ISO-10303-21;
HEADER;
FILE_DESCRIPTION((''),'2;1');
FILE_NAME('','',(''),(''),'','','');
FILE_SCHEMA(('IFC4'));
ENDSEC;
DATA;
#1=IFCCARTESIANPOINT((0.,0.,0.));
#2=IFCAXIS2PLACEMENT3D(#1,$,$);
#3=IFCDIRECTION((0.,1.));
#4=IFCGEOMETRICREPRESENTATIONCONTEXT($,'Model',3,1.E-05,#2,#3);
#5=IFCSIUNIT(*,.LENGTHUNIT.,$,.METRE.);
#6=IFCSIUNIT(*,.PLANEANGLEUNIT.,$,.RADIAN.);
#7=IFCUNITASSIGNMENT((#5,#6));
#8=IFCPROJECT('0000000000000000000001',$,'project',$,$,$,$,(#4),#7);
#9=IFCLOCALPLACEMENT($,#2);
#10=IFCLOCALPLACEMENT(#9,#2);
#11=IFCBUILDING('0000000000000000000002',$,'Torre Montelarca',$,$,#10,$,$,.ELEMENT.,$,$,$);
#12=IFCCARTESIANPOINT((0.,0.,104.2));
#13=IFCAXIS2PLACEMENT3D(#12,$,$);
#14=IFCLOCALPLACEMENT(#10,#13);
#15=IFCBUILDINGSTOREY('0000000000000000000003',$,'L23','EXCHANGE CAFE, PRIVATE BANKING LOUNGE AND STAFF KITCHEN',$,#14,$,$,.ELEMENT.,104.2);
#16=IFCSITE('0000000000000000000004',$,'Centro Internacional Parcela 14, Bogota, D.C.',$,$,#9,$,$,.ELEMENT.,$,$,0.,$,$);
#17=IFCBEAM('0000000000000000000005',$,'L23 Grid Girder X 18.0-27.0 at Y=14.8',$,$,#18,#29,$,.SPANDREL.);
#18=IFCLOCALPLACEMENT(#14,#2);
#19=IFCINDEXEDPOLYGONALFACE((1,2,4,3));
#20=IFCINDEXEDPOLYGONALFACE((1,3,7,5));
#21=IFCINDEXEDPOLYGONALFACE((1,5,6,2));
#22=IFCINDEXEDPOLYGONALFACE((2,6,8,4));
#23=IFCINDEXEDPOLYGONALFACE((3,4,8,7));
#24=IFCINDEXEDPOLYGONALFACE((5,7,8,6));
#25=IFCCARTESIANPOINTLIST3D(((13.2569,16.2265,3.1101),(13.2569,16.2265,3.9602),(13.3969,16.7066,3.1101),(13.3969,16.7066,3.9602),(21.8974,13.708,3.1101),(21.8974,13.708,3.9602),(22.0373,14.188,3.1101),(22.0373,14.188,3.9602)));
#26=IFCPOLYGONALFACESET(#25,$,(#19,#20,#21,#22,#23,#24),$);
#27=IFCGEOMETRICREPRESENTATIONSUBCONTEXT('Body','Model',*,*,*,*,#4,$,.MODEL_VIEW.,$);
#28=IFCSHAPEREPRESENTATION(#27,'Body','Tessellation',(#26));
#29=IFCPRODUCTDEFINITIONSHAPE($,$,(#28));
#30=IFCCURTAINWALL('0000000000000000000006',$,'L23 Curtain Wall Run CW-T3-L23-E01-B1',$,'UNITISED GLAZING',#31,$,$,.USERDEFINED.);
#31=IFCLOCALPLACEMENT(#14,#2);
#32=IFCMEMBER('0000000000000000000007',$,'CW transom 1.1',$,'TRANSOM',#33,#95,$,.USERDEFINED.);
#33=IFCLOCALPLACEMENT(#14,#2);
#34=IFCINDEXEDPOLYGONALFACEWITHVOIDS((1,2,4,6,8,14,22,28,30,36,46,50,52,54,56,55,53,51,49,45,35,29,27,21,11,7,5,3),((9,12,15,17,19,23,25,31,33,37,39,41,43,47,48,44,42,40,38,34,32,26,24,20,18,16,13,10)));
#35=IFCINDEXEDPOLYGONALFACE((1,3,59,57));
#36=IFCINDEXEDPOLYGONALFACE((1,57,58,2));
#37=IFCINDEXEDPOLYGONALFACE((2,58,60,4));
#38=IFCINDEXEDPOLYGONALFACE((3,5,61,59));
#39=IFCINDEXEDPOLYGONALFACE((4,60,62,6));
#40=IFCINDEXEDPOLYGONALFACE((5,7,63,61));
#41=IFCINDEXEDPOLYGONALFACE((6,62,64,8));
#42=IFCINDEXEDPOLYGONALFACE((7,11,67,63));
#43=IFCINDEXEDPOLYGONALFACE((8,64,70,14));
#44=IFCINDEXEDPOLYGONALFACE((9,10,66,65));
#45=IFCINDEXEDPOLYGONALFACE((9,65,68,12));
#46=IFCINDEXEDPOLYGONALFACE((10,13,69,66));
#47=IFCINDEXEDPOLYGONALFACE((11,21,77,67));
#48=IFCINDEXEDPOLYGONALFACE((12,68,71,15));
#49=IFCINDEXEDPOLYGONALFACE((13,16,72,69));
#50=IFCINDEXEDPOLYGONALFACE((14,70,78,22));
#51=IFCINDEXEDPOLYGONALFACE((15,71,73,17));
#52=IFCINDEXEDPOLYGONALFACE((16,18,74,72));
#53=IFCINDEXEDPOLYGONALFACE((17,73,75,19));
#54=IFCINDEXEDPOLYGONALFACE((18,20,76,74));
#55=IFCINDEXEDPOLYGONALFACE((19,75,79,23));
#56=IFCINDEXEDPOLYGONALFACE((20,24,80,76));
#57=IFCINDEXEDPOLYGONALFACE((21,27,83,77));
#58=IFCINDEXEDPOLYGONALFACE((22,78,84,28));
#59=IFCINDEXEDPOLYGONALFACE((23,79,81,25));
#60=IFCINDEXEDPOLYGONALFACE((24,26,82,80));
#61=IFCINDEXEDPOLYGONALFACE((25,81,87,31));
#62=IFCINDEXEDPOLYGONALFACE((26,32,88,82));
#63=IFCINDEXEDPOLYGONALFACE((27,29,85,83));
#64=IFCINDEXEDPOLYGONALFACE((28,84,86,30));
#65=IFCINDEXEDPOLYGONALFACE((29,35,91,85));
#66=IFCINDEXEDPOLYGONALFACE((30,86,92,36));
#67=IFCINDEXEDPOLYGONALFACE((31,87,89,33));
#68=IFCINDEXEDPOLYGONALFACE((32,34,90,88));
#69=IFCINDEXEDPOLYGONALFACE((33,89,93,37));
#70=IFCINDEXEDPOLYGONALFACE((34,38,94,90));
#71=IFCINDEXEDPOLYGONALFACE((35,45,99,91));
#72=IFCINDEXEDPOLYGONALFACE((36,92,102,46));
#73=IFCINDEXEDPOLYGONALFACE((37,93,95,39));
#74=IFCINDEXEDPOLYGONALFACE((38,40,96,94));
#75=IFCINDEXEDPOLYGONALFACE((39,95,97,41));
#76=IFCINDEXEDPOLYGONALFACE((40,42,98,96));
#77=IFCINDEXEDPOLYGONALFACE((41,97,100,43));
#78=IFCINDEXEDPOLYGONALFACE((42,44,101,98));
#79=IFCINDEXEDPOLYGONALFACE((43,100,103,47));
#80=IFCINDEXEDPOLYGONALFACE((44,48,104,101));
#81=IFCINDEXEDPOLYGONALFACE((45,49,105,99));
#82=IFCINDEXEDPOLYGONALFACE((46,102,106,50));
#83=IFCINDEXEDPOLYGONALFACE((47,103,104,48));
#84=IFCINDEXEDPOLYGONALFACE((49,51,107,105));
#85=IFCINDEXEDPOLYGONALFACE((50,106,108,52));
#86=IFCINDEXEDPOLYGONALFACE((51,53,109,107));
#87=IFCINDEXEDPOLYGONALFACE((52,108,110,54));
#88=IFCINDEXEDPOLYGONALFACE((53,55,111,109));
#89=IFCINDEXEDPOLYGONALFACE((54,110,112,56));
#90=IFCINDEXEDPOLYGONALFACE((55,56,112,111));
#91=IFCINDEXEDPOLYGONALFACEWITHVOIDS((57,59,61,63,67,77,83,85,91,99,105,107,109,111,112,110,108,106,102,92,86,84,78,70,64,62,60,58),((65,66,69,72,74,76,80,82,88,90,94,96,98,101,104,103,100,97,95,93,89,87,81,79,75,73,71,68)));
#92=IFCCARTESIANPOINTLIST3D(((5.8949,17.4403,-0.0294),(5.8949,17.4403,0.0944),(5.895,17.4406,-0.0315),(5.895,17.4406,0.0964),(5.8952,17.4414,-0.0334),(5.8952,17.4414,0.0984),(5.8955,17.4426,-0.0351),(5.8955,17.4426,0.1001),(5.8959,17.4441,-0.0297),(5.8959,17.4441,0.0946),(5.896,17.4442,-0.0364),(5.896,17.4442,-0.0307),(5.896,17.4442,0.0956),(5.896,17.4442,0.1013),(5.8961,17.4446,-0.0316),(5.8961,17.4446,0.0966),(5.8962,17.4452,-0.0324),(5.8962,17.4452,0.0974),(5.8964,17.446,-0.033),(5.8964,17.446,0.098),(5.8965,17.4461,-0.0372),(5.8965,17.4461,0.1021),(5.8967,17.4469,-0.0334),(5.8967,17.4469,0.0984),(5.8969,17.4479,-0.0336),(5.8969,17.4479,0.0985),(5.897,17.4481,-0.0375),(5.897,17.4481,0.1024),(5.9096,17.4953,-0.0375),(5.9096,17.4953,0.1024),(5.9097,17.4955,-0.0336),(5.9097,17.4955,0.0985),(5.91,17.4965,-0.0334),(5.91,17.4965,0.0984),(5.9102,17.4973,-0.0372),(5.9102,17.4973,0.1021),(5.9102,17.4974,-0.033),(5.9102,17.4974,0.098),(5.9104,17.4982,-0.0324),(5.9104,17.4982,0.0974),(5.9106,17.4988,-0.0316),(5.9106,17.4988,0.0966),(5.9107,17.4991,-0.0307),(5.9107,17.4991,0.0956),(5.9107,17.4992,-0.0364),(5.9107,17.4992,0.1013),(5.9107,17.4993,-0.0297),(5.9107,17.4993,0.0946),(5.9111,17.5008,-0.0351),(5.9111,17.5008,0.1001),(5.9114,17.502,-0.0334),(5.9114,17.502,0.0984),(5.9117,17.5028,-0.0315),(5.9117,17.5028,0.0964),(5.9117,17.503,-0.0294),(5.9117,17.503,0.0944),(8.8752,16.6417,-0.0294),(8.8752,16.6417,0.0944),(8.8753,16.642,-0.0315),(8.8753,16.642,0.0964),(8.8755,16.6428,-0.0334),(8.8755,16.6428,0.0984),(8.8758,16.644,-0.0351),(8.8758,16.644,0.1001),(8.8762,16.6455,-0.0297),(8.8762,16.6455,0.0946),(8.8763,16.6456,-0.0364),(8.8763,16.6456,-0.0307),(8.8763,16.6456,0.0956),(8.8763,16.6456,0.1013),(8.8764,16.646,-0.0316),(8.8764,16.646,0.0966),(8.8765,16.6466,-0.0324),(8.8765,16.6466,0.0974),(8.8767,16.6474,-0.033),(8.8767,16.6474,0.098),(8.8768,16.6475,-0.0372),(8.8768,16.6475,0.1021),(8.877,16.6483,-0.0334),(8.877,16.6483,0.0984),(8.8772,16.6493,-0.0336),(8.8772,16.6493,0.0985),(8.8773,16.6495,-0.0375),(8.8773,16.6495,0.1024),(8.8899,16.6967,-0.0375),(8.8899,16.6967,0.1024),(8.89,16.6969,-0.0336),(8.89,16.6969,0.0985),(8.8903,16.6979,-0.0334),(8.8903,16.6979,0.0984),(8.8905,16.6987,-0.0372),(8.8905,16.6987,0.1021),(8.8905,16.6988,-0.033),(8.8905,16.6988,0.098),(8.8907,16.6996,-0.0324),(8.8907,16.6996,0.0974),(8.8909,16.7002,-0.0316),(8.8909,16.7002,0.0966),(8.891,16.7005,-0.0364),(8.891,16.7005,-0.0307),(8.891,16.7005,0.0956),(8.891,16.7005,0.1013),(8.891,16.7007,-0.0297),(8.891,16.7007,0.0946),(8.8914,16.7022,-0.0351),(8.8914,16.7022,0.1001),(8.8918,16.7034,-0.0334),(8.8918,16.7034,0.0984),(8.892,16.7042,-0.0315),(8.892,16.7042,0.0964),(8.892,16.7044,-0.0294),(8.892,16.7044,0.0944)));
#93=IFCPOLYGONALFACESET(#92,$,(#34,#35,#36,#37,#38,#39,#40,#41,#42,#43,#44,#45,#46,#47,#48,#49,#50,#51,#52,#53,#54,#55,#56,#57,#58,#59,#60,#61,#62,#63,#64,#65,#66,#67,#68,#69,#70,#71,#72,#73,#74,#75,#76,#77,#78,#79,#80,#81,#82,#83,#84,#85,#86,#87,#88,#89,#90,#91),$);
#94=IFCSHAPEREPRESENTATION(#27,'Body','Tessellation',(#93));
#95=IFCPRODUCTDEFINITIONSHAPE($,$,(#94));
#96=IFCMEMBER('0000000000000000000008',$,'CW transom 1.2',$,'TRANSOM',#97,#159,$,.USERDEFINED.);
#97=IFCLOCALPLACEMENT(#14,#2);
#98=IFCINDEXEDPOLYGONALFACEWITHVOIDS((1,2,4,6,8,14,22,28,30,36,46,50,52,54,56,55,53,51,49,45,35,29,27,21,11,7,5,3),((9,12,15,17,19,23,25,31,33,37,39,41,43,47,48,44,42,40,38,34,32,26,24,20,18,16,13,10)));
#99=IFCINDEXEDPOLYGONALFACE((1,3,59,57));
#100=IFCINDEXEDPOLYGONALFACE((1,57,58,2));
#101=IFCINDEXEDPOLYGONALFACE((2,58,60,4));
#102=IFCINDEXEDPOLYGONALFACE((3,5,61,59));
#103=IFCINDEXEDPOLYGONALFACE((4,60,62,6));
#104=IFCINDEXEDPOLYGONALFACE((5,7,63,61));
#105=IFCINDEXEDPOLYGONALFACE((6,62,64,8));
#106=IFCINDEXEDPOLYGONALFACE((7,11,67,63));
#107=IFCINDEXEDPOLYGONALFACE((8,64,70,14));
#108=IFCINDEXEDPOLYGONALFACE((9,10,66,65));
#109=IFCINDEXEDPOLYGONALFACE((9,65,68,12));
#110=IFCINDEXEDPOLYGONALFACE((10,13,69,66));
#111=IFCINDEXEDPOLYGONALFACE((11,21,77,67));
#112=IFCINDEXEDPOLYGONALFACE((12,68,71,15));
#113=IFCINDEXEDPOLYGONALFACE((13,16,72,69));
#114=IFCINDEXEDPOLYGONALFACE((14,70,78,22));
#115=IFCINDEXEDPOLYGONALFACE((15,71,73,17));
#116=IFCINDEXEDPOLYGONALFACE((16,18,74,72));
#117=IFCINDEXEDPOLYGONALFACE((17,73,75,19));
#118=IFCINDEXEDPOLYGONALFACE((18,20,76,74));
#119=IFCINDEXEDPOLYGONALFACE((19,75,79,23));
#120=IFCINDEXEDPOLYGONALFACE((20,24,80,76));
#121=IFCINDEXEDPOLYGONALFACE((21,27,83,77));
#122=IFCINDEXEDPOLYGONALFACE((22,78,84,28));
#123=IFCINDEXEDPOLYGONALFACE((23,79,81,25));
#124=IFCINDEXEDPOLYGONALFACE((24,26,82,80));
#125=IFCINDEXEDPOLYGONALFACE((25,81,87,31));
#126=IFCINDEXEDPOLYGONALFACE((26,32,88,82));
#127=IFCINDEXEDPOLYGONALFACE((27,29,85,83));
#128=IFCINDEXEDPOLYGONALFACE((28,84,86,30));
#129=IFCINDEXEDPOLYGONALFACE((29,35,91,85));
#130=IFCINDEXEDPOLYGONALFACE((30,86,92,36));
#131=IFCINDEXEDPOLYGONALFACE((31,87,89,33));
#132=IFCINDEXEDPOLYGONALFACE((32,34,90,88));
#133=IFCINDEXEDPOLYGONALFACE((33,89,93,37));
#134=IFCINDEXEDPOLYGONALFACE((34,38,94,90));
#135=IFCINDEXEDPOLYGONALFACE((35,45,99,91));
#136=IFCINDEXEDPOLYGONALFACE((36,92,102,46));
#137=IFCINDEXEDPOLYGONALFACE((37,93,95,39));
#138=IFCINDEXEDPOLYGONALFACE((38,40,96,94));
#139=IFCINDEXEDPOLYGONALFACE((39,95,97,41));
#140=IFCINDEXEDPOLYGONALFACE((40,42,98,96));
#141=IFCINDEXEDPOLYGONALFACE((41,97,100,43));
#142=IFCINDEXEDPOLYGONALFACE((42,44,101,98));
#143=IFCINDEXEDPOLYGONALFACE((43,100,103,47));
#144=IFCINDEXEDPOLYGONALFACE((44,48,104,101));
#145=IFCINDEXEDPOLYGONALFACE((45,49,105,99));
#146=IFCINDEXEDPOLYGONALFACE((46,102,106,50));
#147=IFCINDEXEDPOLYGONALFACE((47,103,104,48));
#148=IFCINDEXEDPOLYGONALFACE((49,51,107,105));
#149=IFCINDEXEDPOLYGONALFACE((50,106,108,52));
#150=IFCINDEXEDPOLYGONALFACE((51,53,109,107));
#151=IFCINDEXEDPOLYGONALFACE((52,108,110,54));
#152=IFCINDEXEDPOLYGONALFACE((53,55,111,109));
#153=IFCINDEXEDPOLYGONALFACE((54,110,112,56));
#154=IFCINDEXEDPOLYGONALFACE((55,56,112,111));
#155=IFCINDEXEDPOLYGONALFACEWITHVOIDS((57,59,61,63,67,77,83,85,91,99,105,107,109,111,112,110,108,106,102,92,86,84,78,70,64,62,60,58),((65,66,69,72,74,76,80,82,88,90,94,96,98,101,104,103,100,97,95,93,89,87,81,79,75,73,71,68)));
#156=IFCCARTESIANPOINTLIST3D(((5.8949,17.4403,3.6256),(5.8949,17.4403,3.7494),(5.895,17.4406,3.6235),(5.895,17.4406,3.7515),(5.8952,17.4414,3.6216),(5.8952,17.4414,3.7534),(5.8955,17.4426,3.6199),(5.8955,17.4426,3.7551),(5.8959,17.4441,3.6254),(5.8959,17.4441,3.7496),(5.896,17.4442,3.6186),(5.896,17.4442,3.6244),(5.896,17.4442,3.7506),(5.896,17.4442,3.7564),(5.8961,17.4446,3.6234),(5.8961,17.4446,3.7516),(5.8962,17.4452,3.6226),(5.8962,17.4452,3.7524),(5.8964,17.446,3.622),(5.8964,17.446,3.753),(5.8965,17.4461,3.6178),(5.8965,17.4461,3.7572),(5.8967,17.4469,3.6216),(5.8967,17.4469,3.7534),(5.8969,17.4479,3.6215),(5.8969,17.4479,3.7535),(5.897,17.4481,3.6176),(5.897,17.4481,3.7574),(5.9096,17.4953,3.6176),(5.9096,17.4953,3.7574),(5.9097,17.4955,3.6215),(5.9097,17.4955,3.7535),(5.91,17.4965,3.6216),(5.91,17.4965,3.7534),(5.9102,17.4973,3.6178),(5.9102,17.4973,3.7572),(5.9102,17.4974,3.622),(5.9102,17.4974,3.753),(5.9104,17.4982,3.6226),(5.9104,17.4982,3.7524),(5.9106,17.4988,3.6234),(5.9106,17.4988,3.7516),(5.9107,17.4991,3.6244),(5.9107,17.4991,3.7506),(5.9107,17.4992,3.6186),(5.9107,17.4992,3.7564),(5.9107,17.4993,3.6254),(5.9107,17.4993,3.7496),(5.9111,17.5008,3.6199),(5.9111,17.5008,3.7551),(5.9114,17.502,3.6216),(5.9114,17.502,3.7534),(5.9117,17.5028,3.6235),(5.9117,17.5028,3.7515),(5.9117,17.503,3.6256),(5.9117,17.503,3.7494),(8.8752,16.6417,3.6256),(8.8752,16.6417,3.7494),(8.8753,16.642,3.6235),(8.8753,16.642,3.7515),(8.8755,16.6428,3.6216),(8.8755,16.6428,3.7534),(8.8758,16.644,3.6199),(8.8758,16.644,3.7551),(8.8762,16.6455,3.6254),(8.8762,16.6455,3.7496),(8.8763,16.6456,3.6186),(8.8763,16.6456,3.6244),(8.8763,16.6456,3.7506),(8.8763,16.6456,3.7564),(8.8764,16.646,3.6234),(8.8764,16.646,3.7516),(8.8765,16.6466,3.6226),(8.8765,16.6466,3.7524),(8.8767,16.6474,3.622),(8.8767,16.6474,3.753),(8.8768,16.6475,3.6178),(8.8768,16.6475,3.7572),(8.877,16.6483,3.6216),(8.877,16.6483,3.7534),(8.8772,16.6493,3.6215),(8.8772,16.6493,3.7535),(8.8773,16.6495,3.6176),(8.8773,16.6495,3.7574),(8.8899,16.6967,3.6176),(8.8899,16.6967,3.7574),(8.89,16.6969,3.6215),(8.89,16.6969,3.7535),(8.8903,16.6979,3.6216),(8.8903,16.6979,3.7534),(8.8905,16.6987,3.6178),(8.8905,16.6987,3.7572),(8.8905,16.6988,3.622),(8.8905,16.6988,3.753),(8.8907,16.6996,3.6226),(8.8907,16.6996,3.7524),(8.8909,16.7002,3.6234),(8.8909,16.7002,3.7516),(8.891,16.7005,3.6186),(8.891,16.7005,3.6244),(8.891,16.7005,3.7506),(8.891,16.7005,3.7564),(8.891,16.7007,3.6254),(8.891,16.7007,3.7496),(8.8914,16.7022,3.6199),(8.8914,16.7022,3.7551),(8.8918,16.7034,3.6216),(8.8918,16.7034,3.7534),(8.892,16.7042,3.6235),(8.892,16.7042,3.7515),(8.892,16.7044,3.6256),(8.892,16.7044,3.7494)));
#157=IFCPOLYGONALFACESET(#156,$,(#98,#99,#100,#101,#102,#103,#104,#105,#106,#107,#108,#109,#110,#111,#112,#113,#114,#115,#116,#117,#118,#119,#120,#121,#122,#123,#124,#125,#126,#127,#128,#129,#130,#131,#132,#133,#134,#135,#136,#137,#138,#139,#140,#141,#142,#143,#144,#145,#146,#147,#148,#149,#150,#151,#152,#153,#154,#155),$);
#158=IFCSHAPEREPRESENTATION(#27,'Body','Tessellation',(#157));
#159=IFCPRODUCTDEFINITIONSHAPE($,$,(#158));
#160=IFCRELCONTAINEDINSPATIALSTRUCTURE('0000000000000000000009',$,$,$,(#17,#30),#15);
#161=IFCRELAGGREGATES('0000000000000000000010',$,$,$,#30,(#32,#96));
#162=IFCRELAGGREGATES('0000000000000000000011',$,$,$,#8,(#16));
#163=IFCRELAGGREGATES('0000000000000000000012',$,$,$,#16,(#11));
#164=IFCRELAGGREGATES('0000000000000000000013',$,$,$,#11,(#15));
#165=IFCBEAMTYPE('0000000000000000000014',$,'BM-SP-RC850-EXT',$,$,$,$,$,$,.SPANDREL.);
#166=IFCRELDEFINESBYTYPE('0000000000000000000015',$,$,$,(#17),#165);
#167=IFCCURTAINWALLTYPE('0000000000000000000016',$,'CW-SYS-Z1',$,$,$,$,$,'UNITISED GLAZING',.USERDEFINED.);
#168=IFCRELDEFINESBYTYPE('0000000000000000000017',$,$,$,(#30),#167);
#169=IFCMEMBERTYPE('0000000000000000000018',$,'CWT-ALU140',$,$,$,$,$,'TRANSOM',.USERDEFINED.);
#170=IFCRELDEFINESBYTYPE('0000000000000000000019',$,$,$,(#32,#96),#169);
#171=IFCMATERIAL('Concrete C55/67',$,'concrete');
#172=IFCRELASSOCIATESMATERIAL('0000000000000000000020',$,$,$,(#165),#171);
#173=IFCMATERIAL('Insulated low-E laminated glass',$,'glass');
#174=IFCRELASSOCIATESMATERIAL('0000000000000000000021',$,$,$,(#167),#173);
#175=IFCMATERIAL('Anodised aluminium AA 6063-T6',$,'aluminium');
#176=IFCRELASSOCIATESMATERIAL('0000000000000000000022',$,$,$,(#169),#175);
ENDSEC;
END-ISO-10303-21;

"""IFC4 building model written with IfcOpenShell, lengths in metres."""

from ifc_helpers import new_model, si_unit, direction, frame, origin, origin_2d, place, context, subcontext, project, spatial, rectangle, hollow_rectangle, extrude, source, transform, mapped, material, material_profile, profile_set, type_object, element, aggregate, save


model = new_model("IFC4")

# Units and contexts
model_context = context("Model", 3, precision=1e-05, world=origin(), true_north=direction((0.0, 1.0)))
body_context = subcontext(model_context, "Body", "Model", "MODEL_VIEW")
ifc_project = project(units=[si_unit("LENGTHUNIT", "METRE"), si_unit("PLANEANGLEUNIT", "RADIAN")], contexts=[model_context])

# Site, building, storey
site_placement = place(None, origin())
site = spatial("IfcSite", under=ifc_project, at=site_placement, Name="Centro Internacional Parcela 14, Bogota, D.C.", CompositionType="ELEMENT", RefElevation=0.0)
building_placement = place(site_placement, origin())
building = spatial("IfcBuilding", under=site, at=building_placement, Name="Torre Montelarca", CompositionType="ELEMENT")
storey_placement = place(building_placement, frame((0.0, 0.0, 104.2)))
storey = spatial("IfcBuildingStorey", under=building, at=storey_placement, Name="L23", Description="EXCHANGE CAFE, PRIVATE BANKING LOUNGE AND STAFF KITCHEN", CompositionType="ELEMENT", Elevation=104.2)

# Beam
ifc_material_1 = material(Name="Concrete C55/67", Category="concrete")
ifc_material_profile_1 = material_profile(ifc_material_1, rectangle(XDim=0.5, YDim=0.8501, at=origin_2d()), Name="RCB500X850", Category="concrete")
ifc_profile_set_1 = profile_set([ifc_material_profile_1], Name="Concrete C55/67")
beam_type = type_object("IfcBeamType", Name="BM-SP-RC850-EXT", PredefinedType="SPANDREL", material=ifc_profile_set_1)
shared_shape_1 = source(origin(), body_context, "Body", "SweptSolid", [
    extrude(rectangle(XDim=0.5, YDim=0.8501, at=origin_2d()), origin(), (0.0, 0.0, 1.0), 9.0),
])
beam_placement = place(storey_placement, frame((13.3269, 16.4666, 3.5352), z_axis=(0.960046, -0.279841, 0.0), x_axis=(0.279841, 0.960046, 0.0)))
element("IfcBeam", 1, at=beam_placement, inside=storey, type_object=beam_type, Name="L23 Grid Girder X 18.0-27.0 at Y=14.8", PredefinedType="SPANDREL", context=body_context, shape_type="MappedRepresentation", body=[
    mapped(shared_shape_1, transform((0.0, 0.0, 0.0), scale=1.0)),
])

# Curtain wall, members
ifc_material_2 = material(Name="Insulated low-E laminated glass", Category="glass")
curtain_wall_type = type_object("IfcCurtainWallType", Name="CW-SYS-Z1", ElementType="UNITISED GLAZING", PredefinedType="USERDEFINED", material=ifc_material_2)
curtain_wall_1_placement = place(storey_placement, origin())
curtain_wall_1 = element("IfcCurtainWall", 2, at=curtain_wall_1_placement, inside=storey, type_object=curtain_wall_type, Name="L23 Curtain Wall Run CW-T3-L23-E01-B1", ObjectType="UNITISED GLAZING", PredefinedType="USERDEFINED")
ifc_material_3 = material(Name="Anodised aluminium AA 6063-T6", Category="aluminium")
ifc_material_profile_2 = material_profile(ifc_material_3, hollow_rectangle(XDim=0.0649, YDim=0.1399, WallThickness=0.0039, InnerFilletRadius=0.0039, OuterFilletRadius=0.0081, at=origin_2d()), Name="ALU65X140X4", Category="aluminium")
ifc_profile_set_2 = profile_set([ifc_material_profile_2], Name="Anodised aluminium AA 6063-T6")
member_type_1 = type_object("IfcMemberType", Name="CWT-ALU140", ElementType="TRANSOM", PredefinedType="USERDEFINED", material=ifc_profile_set_2)
shared_shape_2 = source(origin(), body_context, "Body", "SweptSolid", [
    extrude(hollow_rectangle(XDim=0.0649, YDim=0.1399, WallThickness=0.0039, InnerFilletRadius=0.0039, OuterFilletRadius=0.0081, at=origin_2d()), origin(), (0.0, 0.0, 1.0), 3.0854),
])
member_1_placement = place(storey_placement, frame((5.9033, 17.4717, 0.0325), z_axis=(0.965923, -0.25883, 0.0), x_axis=(0.25883, 0.965923, 0.0)))
member_1 = element("IfcMember", 3, at=member_1_placement, type_object=member_type_1, Name="CW transom 1.1", ObjectType="TRANSOM", PredefinedType="USERDEFINED", context=body_context, shape_type="MappedRepresentation", body=[
    mapped(shared_shape_2, transform((0.0, 0.0, 0.0), scale=1.0)),
])
member_2_placement = place(storey_placement, frame((5.9033, 17.4717, 3.6875), z_axis=(0.965923, -0.25883, 0.0), x_axis=(0.25883, 0.965923, 0.0)))
member_2 = element("IfcMember", 4, at=member_2_placement, type_object=member_type_1, Name="CW transom 1.2", ObjectType="TRANSOM", PredefinedType="USERDEFINED", context=body_context, shape_type="MappedRepresentation", body=[
    mapped(shared_shape_2, transform((0.0, 0.0, 0.0), scale=1.0)),
])

aggregate(curtain_wall_1, [member_1, member_2])

save(model, "model.ifc")
